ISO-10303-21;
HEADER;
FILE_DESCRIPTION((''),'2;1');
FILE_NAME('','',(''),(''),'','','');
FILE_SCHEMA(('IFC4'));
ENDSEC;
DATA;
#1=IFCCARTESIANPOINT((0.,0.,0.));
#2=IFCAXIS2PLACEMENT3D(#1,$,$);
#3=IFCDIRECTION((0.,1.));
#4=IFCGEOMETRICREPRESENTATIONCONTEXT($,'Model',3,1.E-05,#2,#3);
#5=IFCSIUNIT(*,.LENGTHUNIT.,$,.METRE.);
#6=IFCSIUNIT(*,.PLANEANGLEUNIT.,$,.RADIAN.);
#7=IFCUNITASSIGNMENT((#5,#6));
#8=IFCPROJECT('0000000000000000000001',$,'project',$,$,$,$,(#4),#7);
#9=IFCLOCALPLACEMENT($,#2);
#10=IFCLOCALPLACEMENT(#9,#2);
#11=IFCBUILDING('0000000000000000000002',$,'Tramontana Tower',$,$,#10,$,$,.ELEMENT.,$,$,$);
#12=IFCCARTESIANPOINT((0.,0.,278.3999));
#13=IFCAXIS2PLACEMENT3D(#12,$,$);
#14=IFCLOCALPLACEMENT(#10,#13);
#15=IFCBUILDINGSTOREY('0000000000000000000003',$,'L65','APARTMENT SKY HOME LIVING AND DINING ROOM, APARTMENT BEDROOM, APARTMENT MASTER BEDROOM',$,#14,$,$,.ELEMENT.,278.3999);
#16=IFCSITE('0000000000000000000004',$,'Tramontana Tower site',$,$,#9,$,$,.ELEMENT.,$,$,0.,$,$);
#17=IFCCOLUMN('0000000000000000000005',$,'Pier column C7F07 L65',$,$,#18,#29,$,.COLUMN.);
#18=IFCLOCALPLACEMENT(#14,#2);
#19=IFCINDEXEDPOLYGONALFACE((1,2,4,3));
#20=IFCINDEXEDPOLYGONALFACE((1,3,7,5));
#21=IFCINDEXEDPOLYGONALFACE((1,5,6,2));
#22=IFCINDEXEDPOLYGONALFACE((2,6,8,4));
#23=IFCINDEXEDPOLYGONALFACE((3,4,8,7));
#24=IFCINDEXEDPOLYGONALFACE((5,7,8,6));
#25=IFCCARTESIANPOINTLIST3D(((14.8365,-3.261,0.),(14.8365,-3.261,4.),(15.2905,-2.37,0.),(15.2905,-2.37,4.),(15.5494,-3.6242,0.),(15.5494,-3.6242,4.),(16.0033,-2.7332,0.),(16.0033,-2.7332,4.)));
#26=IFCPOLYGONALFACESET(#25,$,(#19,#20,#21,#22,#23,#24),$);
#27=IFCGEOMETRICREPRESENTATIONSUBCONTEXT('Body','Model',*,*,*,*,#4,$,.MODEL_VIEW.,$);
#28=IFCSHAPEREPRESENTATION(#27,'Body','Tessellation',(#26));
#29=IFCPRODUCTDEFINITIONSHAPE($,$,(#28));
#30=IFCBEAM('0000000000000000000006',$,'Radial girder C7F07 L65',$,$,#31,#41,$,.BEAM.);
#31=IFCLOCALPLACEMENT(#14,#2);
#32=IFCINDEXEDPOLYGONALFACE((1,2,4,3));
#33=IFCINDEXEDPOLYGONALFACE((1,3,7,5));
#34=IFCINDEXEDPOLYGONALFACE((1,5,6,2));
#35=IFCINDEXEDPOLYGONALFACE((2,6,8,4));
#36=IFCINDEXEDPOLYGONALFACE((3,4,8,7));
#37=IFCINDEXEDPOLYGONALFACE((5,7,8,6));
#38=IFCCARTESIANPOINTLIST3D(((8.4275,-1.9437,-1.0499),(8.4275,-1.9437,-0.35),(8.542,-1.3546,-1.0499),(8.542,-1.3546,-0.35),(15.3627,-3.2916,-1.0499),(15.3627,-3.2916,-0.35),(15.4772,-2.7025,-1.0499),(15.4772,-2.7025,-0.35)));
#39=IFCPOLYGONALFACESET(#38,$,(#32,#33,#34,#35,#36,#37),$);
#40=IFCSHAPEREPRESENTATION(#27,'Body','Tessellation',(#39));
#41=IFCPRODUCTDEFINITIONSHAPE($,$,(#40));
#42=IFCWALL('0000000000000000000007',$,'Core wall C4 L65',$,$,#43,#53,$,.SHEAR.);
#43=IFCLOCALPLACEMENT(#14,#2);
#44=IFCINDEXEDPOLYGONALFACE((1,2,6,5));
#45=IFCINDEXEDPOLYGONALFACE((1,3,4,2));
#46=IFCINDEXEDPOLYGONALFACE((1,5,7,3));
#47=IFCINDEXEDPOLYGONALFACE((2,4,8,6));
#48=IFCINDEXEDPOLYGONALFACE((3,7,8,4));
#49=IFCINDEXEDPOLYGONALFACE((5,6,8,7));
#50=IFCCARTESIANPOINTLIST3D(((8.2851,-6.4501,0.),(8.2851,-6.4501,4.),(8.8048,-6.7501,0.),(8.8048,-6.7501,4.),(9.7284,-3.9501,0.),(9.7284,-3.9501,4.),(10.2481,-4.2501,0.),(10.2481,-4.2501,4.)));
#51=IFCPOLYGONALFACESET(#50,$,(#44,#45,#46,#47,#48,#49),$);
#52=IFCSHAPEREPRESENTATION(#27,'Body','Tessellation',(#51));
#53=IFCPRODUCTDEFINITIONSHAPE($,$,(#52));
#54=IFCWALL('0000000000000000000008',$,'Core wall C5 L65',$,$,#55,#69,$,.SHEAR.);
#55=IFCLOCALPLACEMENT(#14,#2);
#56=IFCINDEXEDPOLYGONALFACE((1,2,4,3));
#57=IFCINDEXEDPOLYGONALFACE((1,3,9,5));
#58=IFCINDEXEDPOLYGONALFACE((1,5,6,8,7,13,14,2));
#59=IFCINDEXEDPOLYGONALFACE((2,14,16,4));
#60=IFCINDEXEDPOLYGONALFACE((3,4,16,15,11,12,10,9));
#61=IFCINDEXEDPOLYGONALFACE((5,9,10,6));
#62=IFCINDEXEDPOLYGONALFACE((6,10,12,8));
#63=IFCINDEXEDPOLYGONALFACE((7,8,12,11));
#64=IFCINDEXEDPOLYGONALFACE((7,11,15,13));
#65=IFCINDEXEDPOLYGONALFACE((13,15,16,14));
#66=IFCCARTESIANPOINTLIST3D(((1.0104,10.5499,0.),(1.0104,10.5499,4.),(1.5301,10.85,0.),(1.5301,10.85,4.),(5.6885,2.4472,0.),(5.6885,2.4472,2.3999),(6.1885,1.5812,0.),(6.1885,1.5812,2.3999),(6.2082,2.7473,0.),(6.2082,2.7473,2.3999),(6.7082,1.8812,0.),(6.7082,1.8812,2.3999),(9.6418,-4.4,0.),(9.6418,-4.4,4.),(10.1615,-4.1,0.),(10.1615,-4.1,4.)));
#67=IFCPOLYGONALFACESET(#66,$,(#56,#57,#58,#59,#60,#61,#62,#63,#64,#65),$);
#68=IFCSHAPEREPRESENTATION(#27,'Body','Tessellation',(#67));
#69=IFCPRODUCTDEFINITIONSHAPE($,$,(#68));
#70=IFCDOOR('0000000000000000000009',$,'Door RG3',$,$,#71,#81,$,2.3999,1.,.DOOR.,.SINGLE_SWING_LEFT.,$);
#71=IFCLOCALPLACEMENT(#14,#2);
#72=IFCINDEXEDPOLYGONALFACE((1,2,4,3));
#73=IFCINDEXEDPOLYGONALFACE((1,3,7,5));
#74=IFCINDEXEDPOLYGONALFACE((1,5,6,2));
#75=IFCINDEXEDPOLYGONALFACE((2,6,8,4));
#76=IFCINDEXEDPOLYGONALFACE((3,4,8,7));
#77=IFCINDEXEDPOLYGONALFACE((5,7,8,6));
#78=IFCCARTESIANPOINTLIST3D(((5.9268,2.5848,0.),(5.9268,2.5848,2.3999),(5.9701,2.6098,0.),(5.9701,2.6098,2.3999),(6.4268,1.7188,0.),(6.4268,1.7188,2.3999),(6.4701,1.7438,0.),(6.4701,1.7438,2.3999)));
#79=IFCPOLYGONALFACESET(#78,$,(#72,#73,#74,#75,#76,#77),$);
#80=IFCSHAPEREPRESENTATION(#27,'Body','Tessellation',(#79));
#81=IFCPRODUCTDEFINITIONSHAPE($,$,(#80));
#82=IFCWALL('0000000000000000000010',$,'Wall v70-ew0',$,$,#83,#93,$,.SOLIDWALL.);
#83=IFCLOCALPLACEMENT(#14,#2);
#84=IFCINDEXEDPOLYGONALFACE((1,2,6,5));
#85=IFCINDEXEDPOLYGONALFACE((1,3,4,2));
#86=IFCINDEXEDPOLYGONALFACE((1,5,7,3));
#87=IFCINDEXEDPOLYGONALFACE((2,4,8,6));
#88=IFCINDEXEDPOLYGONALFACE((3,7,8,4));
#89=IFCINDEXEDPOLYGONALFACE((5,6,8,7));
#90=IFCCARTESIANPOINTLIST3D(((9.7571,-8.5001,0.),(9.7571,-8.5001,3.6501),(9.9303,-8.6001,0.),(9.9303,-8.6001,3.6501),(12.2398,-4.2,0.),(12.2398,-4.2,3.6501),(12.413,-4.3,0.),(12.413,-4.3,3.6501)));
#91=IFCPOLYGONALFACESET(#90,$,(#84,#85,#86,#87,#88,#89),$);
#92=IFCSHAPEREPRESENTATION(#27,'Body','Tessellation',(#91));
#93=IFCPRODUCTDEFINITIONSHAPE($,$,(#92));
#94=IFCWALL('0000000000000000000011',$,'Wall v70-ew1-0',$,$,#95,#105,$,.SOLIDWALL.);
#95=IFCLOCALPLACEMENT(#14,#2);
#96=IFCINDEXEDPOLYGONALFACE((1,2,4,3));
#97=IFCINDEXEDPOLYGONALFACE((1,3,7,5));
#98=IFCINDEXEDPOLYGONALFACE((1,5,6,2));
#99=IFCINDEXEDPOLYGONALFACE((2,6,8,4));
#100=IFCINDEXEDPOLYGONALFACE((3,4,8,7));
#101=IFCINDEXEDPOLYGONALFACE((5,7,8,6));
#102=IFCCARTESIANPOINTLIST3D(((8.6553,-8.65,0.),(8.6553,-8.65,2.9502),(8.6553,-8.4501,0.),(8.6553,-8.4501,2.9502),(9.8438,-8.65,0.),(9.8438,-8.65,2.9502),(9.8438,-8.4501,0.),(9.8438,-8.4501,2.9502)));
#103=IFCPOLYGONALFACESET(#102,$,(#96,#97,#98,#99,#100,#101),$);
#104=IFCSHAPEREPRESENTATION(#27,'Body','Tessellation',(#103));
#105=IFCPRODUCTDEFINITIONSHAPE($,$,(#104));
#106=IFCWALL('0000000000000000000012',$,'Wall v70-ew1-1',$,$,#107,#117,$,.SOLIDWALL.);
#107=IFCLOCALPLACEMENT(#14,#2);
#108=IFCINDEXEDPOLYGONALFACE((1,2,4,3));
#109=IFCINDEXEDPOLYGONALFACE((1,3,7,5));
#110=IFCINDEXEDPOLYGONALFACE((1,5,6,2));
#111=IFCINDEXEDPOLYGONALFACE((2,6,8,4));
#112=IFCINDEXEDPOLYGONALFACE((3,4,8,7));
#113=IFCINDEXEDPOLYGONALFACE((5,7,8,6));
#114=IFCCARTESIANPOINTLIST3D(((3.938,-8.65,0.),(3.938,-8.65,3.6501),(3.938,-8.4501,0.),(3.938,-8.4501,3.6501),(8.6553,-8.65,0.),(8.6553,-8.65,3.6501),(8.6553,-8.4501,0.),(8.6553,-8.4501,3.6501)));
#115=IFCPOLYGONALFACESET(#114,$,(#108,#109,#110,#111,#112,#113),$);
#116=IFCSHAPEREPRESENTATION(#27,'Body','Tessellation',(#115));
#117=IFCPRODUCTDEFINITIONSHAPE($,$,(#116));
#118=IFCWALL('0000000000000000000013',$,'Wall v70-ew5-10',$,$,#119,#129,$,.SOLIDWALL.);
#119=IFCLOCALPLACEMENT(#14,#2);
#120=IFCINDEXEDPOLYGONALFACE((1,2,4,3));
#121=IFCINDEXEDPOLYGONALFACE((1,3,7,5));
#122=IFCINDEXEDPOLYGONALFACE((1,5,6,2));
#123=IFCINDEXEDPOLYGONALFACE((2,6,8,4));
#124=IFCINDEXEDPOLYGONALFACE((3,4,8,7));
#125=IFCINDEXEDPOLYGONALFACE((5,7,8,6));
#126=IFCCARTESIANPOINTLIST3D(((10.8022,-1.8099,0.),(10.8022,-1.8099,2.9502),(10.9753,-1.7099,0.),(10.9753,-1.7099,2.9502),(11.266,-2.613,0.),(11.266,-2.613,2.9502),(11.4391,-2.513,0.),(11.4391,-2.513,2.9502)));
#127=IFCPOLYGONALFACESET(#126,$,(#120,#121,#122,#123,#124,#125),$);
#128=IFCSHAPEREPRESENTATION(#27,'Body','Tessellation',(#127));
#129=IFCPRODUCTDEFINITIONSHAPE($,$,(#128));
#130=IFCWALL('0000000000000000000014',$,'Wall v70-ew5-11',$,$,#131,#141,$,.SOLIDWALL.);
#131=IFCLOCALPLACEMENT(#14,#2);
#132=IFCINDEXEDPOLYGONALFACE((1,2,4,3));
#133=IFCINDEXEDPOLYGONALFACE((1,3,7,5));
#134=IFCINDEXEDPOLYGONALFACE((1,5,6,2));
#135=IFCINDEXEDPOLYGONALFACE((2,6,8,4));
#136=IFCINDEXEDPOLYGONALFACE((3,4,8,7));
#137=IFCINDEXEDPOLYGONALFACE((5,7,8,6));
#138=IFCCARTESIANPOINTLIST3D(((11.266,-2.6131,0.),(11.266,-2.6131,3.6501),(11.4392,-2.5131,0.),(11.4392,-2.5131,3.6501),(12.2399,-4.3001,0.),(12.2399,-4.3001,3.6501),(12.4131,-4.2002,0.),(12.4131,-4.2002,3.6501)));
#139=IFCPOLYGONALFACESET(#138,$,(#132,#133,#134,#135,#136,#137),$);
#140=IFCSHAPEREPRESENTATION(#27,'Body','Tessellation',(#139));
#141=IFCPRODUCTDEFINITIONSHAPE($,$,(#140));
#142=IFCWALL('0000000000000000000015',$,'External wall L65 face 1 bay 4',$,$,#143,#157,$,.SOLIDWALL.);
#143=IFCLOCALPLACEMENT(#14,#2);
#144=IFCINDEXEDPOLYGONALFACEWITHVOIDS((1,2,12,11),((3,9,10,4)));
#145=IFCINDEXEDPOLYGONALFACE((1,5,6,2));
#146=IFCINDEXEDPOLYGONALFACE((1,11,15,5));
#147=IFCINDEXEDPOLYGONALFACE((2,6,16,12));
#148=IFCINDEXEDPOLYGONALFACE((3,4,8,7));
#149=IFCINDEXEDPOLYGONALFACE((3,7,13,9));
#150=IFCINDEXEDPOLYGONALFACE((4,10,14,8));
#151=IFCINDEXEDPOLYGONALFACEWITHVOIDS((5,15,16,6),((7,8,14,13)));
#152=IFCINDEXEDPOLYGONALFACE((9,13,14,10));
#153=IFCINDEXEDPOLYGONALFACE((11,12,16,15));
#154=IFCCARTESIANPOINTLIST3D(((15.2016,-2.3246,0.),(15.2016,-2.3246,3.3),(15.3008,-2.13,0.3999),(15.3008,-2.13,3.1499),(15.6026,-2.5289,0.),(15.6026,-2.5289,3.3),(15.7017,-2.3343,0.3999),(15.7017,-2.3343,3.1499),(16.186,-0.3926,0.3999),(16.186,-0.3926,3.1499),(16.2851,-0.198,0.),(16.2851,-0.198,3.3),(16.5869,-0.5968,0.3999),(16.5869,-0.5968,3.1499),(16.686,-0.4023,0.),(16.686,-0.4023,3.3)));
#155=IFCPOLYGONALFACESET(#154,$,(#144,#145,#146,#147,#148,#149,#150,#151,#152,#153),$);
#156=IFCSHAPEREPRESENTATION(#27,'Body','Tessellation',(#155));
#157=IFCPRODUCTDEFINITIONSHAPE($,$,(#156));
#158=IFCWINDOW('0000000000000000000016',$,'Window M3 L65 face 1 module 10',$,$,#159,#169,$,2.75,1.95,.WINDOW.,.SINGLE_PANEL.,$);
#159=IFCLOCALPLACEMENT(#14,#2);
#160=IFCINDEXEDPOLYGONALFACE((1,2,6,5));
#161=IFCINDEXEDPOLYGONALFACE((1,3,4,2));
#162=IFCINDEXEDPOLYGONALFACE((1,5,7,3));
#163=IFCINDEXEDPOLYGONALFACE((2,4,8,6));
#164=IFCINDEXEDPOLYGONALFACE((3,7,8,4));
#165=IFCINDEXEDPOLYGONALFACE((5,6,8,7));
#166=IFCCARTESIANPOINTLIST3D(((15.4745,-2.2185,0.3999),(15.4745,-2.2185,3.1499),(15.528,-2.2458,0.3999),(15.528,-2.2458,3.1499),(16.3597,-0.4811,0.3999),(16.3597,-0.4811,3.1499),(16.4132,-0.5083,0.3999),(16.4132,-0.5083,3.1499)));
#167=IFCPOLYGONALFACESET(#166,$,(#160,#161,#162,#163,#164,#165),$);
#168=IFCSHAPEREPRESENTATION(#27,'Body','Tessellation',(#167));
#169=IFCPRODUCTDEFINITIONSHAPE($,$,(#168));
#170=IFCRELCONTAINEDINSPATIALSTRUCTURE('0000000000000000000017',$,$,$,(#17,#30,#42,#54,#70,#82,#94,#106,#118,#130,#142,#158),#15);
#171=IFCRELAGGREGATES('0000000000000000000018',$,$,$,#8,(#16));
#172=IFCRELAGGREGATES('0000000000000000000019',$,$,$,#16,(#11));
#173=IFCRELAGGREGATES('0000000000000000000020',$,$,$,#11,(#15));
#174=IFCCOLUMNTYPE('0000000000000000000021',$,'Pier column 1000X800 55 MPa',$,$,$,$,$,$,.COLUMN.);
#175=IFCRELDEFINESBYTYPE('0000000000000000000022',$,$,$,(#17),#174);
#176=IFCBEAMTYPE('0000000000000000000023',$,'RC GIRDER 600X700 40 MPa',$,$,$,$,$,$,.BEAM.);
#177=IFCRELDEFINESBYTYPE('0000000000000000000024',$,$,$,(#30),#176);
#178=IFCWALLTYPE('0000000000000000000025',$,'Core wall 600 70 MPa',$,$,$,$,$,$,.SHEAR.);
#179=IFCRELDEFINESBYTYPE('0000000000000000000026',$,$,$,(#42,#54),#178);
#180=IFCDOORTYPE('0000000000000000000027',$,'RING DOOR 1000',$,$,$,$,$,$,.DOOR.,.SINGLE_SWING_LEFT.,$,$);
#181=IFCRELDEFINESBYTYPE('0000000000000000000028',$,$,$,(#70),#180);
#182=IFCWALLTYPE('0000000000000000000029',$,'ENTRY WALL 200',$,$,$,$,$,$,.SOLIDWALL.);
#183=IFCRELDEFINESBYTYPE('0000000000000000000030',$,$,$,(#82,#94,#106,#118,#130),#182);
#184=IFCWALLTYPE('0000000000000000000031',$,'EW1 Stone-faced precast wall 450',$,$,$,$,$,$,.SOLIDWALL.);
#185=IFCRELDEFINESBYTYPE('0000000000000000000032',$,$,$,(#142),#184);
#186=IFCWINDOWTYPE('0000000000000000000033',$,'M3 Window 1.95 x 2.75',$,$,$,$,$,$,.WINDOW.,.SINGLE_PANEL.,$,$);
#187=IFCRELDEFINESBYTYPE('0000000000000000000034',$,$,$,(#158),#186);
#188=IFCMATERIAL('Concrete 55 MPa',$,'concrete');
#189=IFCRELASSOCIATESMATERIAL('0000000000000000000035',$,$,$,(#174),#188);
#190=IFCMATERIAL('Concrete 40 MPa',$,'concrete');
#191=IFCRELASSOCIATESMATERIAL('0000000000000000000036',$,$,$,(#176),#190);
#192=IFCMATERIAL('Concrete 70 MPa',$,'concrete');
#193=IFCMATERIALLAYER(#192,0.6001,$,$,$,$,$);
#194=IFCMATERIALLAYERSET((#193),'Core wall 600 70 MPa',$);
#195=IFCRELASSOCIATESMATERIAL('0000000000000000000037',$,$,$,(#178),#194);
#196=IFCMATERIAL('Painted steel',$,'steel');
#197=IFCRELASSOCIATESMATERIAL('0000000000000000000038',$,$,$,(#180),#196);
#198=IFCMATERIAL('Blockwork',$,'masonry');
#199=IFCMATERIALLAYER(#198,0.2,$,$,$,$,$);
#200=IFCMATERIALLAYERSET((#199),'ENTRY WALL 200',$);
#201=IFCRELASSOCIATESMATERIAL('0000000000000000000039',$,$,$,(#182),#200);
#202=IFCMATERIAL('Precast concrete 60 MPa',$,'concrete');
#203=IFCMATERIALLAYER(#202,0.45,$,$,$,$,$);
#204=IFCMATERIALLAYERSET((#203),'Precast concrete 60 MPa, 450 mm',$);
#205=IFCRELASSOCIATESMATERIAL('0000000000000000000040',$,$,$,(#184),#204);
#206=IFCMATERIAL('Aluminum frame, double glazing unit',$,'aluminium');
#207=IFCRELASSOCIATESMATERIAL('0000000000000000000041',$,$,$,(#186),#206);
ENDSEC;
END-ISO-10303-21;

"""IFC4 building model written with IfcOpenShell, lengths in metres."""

from ifc_helpers import new_model, si_unit, direction, frame, frame_2d, origin, origin_2d, place, context, subcontext, project, spatial, rectangle, extrude, material, layer, layer_set, material_profile, profile_set, type_object, element, fill, save


model = new_model("IFC4")

# Units and contexts
model_context = context("Model", 3, precision=1e-05, world=origin(), true_north=direction((0.0, 1.0)))
body_context = subcontext(model_context, "Body", "Model", "MODEL_VIEW")
ifc_project = project(units=[si_unit("LENGTHUNIT", "METRE"), si_unit("PLANEANGLEUNIT", "RADIAN")], contexts=[model_context])

# Site, building, storey
site_placement = place(None, origin())
site = spatial("IfcSite", under=ifc_project, at=site_placement, Name="Tramontana Tower site", CompositionType="ELEMENT", RefElevation=0.0)
building_placement = place(site_placement, origin())
building = spatial("IfcBuilding", under=site, at=building_placement, Name="Tramontana Tower", CompositionType="ELEMENT")
storey_placement = place(building_placement, frame((0.0, 0.0, 278.3999)))
storey = spatial("IfcBuildingStorey", under=building, at=storey_placement, Name="L65", Description="APARTMENT SKY HOME LIVING AND DINING ROOM, APARTMENT BEDROOM, APARTMENT MASTER BEDROOM", CompositionType="ELEMENT", Elevation=278.3999)

# Column
ifc_material_1 = material(Name="Concrete 55 MPa", Category="concrete")
ifc_material_profile_1 = material_profile(ifc_material_1, rectangle(XDim=1.0, YDim=0.8, at=origin_2d()), Name="Pier column 1000X800 55 MPa")
ifc_profile_set_1 = profile_set([ifc_material_profile_1], Name="Concrete 55 MPa")
column_type = type_object("IfcColumnType", Name="Pier column 1000X800 55 MPa", PredefinedType="COLUMN", material=ifc_profile_set_1)
column_placement = place(storey_placement, frame((15.4199, -2.9971, 0.0), z_axis=(0.0, 0.0, 1.0), x_axis=(0.45399, 0.891007, 0.0)))
element("IfcColumn", 1, at=column_placement, inside=storey, type_object=column_type, Name="Pier column C7F07 L65", PredefinedType="COLUMN", context=body_context, shape_type="SweptSolid", body=[
    extrude(rectangle(XDim=1.0, YDim=0.8, at=origin_2d()), origin(), (0.0, 0.0, 1.0), 4.0),
])

# Beam
ifc_material_2 = material(Name="Concrete 40 MPa", Category="concrete")
ifc_material_profile_2 = material_profile(ifc_material_2, rectangle(XDim=0.6001, YDim=0.7, at=origin_2d()), Name="RC GIRDER 600X700 40 MPa")
ifc_profile_set_2 = profile_set([ifc_material_profile_2], Name="Concrete 40 MPa")
beam_type = type_object("IfcBeamType", Name="RC GIRDER 600X700 40 MPa", PredefinedType="BEAM", material=ifc_profile_set_2)
beam_placement = place(storey_placement, frame((15.4199, -2.9971, -0.7), z_axis=(-0.981631, 0.19079, 0.0), x_axis=(-0.19079, -0.981631, 0.0)))
element("IfcBeam", 2, at=beam_placement, inside=storey, type_object=beam_type, Name="Radial girder C7F07 L65", PredefinedType="BEAM", context=body_context, shape_type="SweptSolid", body=[
    extrude(rectangle(XDim=0.6001, YDim=0.7, at=origin_2d()), origin(), (0.0, 0.0, 1.0), 7.0649),
])

# Wall
ifc_material_3 = material(Name="Concrete 70 MPa", Category="concrete")
ifc_layer_1 = layer(ifc_material_3, 0.6001)
ifc_layer_set_1 = layer_set([ifc_layer_1], Name="Core wall 600 70 MPa")
wall_type_1 = type_object("IfcWallType", Name="Core wall 600 70 MPa", PredefinedType="SHEAR", material=ifc_layer_set_1)
wall_1_placement = place(storey_placement, frame((8.5449, -6.6001, 0.0), z_axis=(0.0, 0.0, 1.0), x_axis=(0.499996, 0.866028, 0.0)))
element("IfcWall", 3, at=wall_1_placement, inside=storey, type_object=wall_type_1, Name="Core wall C4 L65", PredefinedType="SHEAR", context=body_context, shape_type="SweptSolid", body=[
    extrude(rectangle(XDim=2.8867, YDim=0.6001, at=frame_2d((1.4434, 0.0))), origin(), (0.0, 0.0, 1.0), 4.0),
])

# Wall, opening, door
wall_2_placement = place(storey_placement, frame((9.9016, -4.25, 0.0), z_axis=(0.0, 0.0, 1.0), x_axis=(-0.5, 0.866026, 0.0)))
wall_2 = element("IfcWall", 4, at=wall_2_placement, inside=storey, type_object=wall_type_1, Name="Core wall C5 L65", PredefinedType="SHEAR", context=body_context, shape_type="SweptSolid", body=[
    extrude(rectangle(XDim=17.2627, YDim=0.6001, at=frame_2d((8.6313, 0.0))), origin(), (0.0, 0.0, 1.0), 4.0),
])
opening_1_placement = place(wall_2_placement, frame((6.9065, 0.0, 0.0)))
opening_1 = element("IfcOpeningElement", 5, at=opening_1_placement, cuts=wall_2, PredefinedType="OPENING", context=body_context, shape_type="SweptSolid", body=[
    extrude(rectangle(XDim=1.0, YDim=2.3999, at=frame_2d((0.5, 1.2))), frame((0.0, 0.3101, 0.0), z_axis=(0.0, -1.0, 0.0), x_axis=(1.0, 0.0, 0.0)), (0.0, 0.0, 1.0), 0.6201),
])
ifc_material_4 = material(Name="Painted steel", Category="steel")
door_type_1 = type_object("IfcDoorType", Name="RING DOOR 1000", OperationType="SINGLE_SWING_LEFT", PredefinedType="DOOR", material=ifc_material_4)
door_1_placement = place(opening_1_placement, origin())
door_1 = element("IfcDoor", 6, at=door_1_placement, inside=storey, type_object=door_type_1, Name="Door RG3", OperationType="SINGLE_SWING_LEFT", OverallHeight=2.3999, OverallWidth=1.0, PredefinedType="DOOR", context=body_context, shape_type="SweptSolid", body=[
    extrude(rectangle(XDim=1.0, YDim=2.3999, at=frame_2d((0.5, 1.2))), frame((0.0, 0.0249, 0.0), z_axis=(0.0, -1.0, 0.0), x_axis=(1.0, 0.0, 0.0)), (0.0, 0.0, 1.0), 0.05),
])
fill(opening_1, door_1)

# Walls
ifc_material_5 = material(Name="Blockwork", Category="masonry")
ifc_layer_2 = layer(ifc_material_5, 0.2)
ifc_layer_set_2 = layer_set([ifc_layer_2], Name="ENTRY WALL 200")
wall_type_2 = type_object("IfcWallType", Name="ENTRY WALL 200", PredefinedType="SOLIDWALL", material=ifc_layer_set_2)
wall_3_placement = place(storey_placement, frame((12.3264, -4.25, 0.0), z_axis=(0.0, 0.0, 1.0), x_axis=(-0.500005, -0.866023, 0.0)))
element("IfcWall", 7, at=wall_3_placement, inside=storey, type_object=wall_type_2, Name="Wall v70-ew0", PredefinedType="SOLIDWALL", context=body_context, shape_type="SweptSolid", body=[
    extrude(rectangle(XDim=4.9653, YDim=0.2, at=frame_2d((2.4827, 0.0))), origin(), (0.0, 0.0, 1.0), 3.6501),
])
wall_4_placement = place(storey_placement, frame((9.8438, -8.55, 0.0), z_axis=(0.0, 0.0, 1.0), x_axis=(-1.0, 0.0, 0.0)))
element("IfcWall", 8, at=wall_4_placement, inside=storey, type_object=wall_type_2, Name="Wall v70-ew1-0", PredefinedType="SOLIDWALL", context=body_context, shape_type="SweptSolid", body=[
    extrude(rectangle(XDim=1.1885, YDim=0.2, at=frame_2d((0.5942, 0.0))), origin(), (0.0, 0.0, 1.0), 2.9502),
])
wall_5_placement = place(storey_placement, frame((8.6553, -8.55, 0.0), z_axis=(0.0, 0.0, 1.0), x_axis=(-1.0, 0.0, 0.0)))
element("IfcWall", 9, at=wall_5_placement, inside=storey, type_object=wall_type_2, Name="Wall v70-ew1-1", PredefinedType="SOLIDWALL", context=body_context, shape_type="SweptSolid", body=[
    extrude(rectangle(XDim=4.7173, YDim=0.2, at=frame_2d((2.3586, 0.0))), origin(), (0.0, 0.0, 1.0), 3.6501),
])
wall_6_placement = place(storey_placement, frame((10.8887, -1.7598, 0.0), z_axis=(0.0, 0.0, 1.0), x_axis=(0.500102, -0.865966, 0.0)))
element("IfcWall", 10, at=wall_6_placement, inside=storey, type_object=wall_type_2, Name="Wall v70-ew5-10", PredefinedType="SOLIDWALL", context=body_context, shape_type="SweptSolid", body=[
    extrude(rectangle(XDim=0.9275, YDim=0.2, at=frame_2d((0.4639, 0.0))), origin(), (0.0, 0.0, 1.0), 2.9502),
])
wall_7_placement = place(storey_placement, frame((11.3525, -2.563, 0.0), z_axis=(0.0, 0.0, 1.0), x_axis=(0.499954, -0.866052, 0.0)))
element("IfcWall", 11, at=wall_7_placement, inside=storey, type_object=wall_type_2, Name="Wall v70-ew5-11", PredefinedType="SOLIDWALL", context=body_context, shape_type="SweptSolid", body=[
    extrude(rectangle(XDim=1.948, YDim=0.2, at=frame_2d((0.9741, 0.0))), origin(), (0.0, 0.0, 1.0), 3.6501),
])

# Wall, opening, window
ifc_material_6 = material(Name="Precast concrete 60 MPa", Category="concrete")
ifc_layer_3 = layer(ifc_material_6, 0.45)
ifc_layer_set_3 = layer_set([ifc_layer_3], Name="Precast concrete 60 MPa, 450 mm")
wall_type_3 = type_object("IfcWallType", Name="EW1 Stone-faced precast wall 450", PredefinedType="SOLIDWALL", material=ifc_layer_set_3)
wall_8_placement = place(storey_placement, frame((15.4021, -2.4268, 0.0), z_axis=(0.0, 0.0, 1.0), x_axis=(0.453952, 0.891026, 0.0)))
wall_8 = element("IfcWall", 12, at=wall_8_placement, inside=storey, type_object=wall_type_3, Name="External wall L65 face 1 bay 4", PredefinedType="SOLIDWALL", context=body_context, shape_type="SweptSolid", body=[
    extrude(rectangle(XDim=2.3867, YDim=0.45, at=frame_2d((1.1934, 0.0))), origin(), (0.0, 0.0, 1.0), 3.3),
])
opening_2_placement = place(wall_8_placement, frame((0.2183, 0.0, 0.3999)))
opening_2 = element("IfcOpeningElement", 13, at=opening_2_placement, cuts=wall_8, PredefinedType="OPENING", context=body_context, shape_type="SweptSolid", body=[
    extrude(rectangle(XDim=1.95, YDim=2.75, at=frame_2d((0.9751, 1.375))), frame((0.0, 0.2349, 0.0), z_axis=(0.0, -1.0, 0.0), x_axis=(1.0, 0.0, 0.0)), (0.0, 0.0, 1.0), 0.47),
])
ifc_material_7 = material(Name="Aluminum frame, double glazing unit", Category="aluminium")
window_type = type_object("IfcWindowType", Name="M3 Window 1.95 x 2.75", PartitioningType="SINGLE_PANEL", PredefinedType="WINDOW", material=ifc_material_7)
window_placement = place(opening_2_placement, origin())
window = element("IfcWindow", 14, at=window_placement, inside=storey, type_object=window_type, Name="Window M3 L65 face 1 module 10", OverallHeight=2.75, OverallWidth=1.95, PartitioningType="SINGLE_PANEL", PredefinedType="WINDOW", context=body_context, shape_type="SweptSolid", body=[
    extrude(rectangle(XDim=1.95, YDim=2.75, at=frame_2d((0.9751, 1.375))), frame((0.0, 0.03, 0.0), z_axis=(0.0, -1.0, 0.0), x_axis=(1.0, 0.0, 0.0)), (0.0, 0.0, 1.0), 0.0601),
])
fill(opening_2, window)

save(model, "model.ifc")
